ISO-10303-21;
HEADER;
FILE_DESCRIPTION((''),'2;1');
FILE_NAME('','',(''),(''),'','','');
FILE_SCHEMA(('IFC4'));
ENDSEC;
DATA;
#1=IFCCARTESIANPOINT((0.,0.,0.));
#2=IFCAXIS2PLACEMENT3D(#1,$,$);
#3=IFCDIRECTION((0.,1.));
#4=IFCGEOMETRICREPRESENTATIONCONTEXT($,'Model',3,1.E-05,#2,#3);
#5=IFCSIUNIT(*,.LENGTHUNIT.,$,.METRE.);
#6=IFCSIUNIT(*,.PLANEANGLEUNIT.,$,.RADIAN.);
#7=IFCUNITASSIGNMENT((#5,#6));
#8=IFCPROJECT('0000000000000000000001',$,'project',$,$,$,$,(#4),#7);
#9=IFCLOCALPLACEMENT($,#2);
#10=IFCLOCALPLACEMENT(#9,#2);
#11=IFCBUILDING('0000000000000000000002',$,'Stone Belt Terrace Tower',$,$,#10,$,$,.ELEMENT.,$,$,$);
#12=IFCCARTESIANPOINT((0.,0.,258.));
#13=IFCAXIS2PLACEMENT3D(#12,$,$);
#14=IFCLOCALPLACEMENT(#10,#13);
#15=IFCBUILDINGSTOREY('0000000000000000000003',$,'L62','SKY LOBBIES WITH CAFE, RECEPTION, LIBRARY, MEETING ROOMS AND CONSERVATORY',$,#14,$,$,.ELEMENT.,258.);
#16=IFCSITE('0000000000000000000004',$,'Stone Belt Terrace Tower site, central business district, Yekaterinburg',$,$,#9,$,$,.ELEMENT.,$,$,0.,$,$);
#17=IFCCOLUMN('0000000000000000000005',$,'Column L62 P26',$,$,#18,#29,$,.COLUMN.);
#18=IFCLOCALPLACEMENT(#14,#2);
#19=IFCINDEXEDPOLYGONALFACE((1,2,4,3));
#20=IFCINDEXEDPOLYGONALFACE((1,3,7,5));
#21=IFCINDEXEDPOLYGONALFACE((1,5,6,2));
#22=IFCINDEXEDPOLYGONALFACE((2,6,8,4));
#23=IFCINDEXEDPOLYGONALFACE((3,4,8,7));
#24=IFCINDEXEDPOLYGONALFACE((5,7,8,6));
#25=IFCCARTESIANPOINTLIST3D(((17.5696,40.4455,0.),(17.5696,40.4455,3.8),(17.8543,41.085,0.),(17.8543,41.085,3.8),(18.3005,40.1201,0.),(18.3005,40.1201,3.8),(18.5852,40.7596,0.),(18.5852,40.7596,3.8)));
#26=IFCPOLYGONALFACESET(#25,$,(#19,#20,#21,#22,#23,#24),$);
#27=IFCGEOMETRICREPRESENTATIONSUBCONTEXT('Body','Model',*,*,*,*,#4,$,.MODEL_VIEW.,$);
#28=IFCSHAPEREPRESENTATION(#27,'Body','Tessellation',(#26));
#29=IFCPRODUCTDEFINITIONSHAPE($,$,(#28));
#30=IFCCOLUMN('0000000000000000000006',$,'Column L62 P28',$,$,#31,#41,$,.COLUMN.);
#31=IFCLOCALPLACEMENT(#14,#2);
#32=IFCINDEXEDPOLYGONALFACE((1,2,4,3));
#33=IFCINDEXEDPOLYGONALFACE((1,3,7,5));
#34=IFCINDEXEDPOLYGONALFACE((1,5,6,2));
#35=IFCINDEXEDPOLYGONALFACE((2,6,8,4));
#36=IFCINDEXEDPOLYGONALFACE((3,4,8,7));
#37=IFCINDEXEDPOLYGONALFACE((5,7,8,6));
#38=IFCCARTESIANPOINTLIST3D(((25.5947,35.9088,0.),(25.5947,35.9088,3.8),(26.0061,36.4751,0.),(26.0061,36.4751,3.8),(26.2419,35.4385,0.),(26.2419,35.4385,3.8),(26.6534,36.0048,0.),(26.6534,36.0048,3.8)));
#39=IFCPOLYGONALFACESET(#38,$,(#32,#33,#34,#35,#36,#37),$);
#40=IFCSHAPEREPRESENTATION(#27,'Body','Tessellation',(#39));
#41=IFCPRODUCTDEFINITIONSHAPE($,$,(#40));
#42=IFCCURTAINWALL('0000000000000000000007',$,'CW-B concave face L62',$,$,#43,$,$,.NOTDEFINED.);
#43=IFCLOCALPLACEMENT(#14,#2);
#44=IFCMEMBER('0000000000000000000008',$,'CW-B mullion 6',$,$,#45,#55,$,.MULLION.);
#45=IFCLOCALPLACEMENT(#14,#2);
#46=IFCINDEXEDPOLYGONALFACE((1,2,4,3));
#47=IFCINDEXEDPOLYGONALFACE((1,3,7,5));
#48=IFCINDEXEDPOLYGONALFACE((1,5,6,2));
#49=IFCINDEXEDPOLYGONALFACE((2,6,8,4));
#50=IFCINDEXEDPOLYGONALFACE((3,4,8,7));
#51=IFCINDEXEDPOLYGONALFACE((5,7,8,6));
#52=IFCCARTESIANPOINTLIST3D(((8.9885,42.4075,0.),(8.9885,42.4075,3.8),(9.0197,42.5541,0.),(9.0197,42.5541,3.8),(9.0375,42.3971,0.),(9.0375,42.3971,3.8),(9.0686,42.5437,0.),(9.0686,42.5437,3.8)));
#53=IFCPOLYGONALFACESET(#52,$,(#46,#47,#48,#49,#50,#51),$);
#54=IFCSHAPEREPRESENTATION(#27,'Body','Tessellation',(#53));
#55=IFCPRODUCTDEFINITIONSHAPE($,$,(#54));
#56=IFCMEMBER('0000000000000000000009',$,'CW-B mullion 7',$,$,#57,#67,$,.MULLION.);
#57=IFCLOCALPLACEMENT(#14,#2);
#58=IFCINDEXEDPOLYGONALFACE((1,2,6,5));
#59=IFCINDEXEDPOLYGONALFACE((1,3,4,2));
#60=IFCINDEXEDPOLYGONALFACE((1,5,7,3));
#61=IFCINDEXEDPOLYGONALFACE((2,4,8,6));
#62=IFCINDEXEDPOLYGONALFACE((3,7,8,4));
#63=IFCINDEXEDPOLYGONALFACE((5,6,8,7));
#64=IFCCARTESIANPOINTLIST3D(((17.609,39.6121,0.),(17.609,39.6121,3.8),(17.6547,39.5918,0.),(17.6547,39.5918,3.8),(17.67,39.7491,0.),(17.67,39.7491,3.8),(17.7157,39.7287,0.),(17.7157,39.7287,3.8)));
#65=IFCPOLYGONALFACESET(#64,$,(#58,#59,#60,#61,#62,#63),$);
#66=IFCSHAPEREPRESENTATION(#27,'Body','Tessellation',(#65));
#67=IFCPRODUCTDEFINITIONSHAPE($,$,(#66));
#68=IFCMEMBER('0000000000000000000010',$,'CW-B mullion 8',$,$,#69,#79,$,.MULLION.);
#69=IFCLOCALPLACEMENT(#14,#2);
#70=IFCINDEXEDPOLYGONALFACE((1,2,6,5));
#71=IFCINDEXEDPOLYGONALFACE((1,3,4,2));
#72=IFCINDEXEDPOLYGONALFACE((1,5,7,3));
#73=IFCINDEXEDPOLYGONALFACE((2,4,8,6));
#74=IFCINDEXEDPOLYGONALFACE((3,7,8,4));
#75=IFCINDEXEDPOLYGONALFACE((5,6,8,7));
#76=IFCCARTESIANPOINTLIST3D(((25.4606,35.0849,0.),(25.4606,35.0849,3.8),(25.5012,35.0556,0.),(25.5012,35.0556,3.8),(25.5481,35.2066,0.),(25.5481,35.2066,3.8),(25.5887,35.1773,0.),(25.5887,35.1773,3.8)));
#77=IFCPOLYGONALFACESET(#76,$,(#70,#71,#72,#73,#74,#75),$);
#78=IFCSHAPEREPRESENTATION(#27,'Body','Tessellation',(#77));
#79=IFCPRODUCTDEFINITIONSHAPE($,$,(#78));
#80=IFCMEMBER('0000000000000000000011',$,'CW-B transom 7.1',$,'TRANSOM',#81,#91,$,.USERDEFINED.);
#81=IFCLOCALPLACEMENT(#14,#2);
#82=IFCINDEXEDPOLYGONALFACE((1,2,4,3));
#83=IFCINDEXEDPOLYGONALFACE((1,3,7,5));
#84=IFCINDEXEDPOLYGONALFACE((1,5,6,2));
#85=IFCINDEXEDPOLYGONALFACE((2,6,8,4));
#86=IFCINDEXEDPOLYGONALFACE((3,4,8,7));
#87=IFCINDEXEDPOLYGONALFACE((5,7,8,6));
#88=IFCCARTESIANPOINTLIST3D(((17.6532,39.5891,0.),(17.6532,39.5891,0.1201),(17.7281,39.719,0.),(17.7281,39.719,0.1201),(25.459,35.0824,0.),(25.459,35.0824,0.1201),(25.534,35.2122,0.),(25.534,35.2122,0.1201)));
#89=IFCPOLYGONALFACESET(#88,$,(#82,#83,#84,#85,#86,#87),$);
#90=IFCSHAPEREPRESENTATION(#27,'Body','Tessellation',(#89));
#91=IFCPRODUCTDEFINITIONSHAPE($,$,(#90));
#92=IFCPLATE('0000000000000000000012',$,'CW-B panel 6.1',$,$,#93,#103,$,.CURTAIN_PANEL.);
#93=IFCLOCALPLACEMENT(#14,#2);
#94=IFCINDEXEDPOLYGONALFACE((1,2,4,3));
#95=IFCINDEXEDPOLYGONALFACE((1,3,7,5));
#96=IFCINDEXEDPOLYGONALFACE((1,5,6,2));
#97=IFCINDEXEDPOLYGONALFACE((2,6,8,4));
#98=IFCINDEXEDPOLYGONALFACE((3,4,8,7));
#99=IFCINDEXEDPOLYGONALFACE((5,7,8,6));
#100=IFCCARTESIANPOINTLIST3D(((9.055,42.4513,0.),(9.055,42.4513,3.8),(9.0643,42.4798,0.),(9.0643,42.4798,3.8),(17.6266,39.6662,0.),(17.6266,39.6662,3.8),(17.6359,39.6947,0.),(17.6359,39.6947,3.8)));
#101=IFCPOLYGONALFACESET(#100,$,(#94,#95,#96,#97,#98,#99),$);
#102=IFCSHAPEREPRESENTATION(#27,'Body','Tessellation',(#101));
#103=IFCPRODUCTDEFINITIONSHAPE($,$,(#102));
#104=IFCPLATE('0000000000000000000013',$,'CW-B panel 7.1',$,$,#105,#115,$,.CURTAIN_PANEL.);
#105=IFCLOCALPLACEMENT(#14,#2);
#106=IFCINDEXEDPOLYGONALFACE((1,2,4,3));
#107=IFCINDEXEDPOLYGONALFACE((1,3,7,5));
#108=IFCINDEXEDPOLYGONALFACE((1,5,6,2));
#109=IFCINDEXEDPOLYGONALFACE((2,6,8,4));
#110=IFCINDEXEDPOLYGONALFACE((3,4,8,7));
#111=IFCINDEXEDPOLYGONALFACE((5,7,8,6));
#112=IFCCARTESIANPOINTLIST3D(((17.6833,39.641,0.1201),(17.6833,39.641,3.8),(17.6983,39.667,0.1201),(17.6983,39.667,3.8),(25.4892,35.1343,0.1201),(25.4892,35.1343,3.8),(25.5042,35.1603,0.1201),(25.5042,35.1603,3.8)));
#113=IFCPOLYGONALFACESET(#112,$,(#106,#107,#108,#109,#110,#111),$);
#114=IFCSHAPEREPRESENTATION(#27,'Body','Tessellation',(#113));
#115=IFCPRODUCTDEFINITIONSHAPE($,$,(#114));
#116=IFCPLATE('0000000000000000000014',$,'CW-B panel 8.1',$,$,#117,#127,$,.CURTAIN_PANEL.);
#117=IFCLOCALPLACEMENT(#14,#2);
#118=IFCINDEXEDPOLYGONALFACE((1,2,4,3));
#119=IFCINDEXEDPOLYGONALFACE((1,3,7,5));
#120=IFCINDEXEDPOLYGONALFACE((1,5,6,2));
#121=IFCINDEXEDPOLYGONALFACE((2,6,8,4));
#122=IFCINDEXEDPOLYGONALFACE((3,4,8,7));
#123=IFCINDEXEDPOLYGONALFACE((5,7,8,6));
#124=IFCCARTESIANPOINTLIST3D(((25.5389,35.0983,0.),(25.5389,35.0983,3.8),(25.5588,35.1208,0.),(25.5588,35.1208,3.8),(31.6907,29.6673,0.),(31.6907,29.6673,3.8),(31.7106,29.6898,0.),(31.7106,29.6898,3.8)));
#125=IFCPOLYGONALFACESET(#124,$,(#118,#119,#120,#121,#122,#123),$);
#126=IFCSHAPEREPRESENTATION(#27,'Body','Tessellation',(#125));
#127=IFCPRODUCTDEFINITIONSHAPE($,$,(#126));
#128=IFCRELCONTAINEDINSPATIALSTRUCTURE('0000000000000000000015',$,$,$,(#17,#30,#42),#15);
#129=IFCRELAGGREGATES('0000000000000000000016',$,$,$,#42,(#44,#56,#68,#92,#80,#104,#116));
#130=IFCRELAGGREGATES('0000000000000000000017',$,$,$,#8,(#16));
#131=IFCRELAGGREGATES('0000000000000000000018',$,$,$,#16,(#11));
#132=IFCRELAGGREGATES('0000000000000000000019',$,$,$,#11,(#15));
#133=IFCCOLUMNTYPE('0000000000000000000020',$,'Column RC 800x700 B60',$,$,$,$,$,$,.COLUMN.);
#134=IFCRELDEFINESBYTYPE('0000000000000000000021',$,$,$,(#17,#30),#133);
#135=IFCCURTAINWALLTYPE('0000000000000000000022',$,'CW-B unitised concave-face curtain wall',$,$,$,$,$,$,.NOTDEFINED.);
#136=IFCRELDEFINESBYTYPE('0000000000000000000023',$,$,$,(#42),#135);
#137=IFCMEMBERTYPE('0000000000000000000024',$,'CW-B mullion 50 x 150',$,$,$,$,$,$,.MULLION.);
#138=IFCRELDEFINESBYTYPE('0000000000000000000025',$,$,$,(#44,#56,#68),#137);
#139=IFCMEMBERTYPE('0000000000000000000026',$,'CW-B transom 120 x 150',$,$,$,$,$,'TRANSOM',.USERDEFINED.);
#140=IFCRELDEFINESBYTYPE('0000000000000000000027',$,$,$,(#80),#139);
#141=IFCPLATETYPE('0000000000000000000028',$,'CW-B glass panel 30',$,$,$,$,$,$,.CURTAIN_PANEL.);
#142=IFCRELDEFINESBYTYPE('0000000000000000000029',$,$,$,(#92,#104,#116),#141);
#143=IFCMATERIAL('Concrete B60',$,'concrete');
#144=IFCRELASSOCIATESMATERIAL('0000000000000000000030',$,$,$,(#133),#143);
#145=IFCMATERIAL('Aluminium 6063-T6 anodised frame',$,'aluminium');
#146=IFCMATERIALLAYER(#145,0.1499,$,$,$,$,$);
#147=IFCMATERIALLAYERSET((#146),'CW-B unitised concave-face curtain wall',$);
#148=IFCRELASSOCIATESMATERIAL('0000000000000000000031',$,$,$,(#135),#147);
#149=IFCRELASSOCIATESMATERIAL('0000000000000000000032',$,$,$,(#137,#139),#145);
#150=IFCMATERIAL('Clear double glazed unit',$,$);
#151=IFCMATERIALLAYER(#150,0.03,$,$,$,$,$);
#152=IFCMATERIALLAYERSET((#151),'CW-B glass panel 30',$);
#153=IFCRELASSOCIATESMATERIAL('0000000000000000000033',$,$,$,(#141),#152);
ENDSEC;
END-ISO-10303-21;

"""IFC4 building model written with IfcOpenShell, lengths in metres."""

from ifc_helpers import new_model, si_unit, direction, frame, origin, origin_2d, place, context, subcontext, project, spatial, rectangle, extrude, material, layer, layer_set, material_profile, profile_set, type_object, element, aggregate, save


model = new_model("IFC4")

# Units and contexts
model_context = context("Model", 3, precision=1e-05, world=origin(), true_north=direction((0.0, 1.0)))
body_context = subcontext(model_context, "Body", "Model", "MODEL_VIEW")
ifc_project = project(units=[si_unit("LENGTHUNIT", "METRE"), si_unit("PLANEANGLEUNIT", "RADIAN")], contexts=[model_context])

# Site, building, storey
site_placement = place(None, origin())
site = spatial("IfcSite", under=ifc_project, at=site_placement, Name="Stone Belt Terrace Tower site, central business district, Yekaterinburg", CompositionType="ELEMENT", RefElevation=0.0)
building_placement = place(site_placement, origin())
building = spatial("IfcBuilding", under=site, at=building_placement, Name="Stone Belt Terrace Tower", CompositionType="ELEMENT")
storey_placement = place(building_placement, frame((0.0, 0.0, 258.0)))
storey = spatial("IfcBuildingStorey", under=building, at=storey_placement, Name="L62", Description="SKY LOBBIES WITH CAFE, RECEPTION, LIBRARY, MEETING ROOMS AND CONSERVATORY", CompositionType="ELEMENT", Elevation=258.0)

# Columns
ifc_material_1 = material(Name="Concrete B60", Category="concrete")
ifc_material_profile_1 = material_profile(ifc_material_1, rectangle(XDim=0.8, YDim=0.7, at=origin_2d()), Name="RC 800x700")
ifc_profile_set_1 = profile_set([ifc_material_profile_1], Name="Concrete B60")
column_type = type_object("IfcColumnType", Name="Column RC 800x700 B60", PredefinedType="COLUMN", material=ifc_profile_set_1)
for number, where, z_axis, x_axis, name in (
    (1, (18.0774, 40.6025, 0.0), (0.0, 0.0, 1.0), (0.913545, -0.406737, 0.0), "Column L62 P26"),
    (2, (26.124, 35.9568, 0.0), (0.0, 0.0, 1.0), (0.809017, -0.587785, 0.0), "Column L62 P28"),
):
    element("IfcColumn", number, at=place(storey_placement, frame(where, z_axis=z_axis, x_axis=x_axis)), inside=storey, type_object=column_type, Name=name, PredefinedType="COLUMN", context=body_context, shape_type="SweptSolid", body=[
        extrude(rectangle(XDim=0.8, YDim=0.7, at=origin_2d()), origin(), (0.0, 0.0, 1.0), 3.8),
    ])

# Curtain wall, members, plates
ifc_material_2 = material(Name="Aluminium 6063-T6 anodised frame", Category="aluminium")
ifc_layer_1 = layer(ifc_material_2, 0.1499)
ifc_layer_set_1 = layer_set([ifc_layer_1], Name="CW-B unitised concave-face curtain wall")
curtain_wall_type = type_object("IfcCurtainWallType", Name="CW-B unitised concave-face curtain wall", PredefinedType="NOTDEFINED", material=ifc_layer_set_1)
curtain_wall_placement = place(storey_placement, origin())
curtain_wall = element("IfcCurtainWall", 3, at=curtain_wall_placement, inside=storey, type_object=curtain_wall_type, Name="CW-B concave face L62", PredefinedType="NOTDEFINED")
ifc_material_profile_2 = material_profile(ifc_material_2, rectangle(XDim=0.1499, YDim=0.05, at=origin_2d()), Name="Aluminium 6063-T6 50x150")
ifc_profile_set_2 = profile_set([ifc_material_profile_2], Name="Aluminium 6063-T6 anodised frame")
member_type_1 = type_object("IfcMemberType", Name="CW-B mullion 50 x 150", PredefinedType="MULLION", material=ifc_profile_set_2)
member_1_placement = place(storey_placement, frame((9.0286, 42.4756, 0.0), z_axis=(0.0, 0.0, 1.0), x_axis=(0.207912, 0.978148, 0.0)))
member_1 = element("IfcMember", 4, at=member_1_placement, type_object=member_type_1, Name="CW-B mullion 6", PredefinedType="MULLION", context=body_context, shape_type="SweptSolid", body=[
    extrude(rectangle(XDim=0.1499, YDim=0.05, at=origin_2d()), origin(), (0.0, 0.0, 1.0), 3.8),
])
member_2_placement = place(storey_placement, frame((17.6624, 39.6704, 0.0), z_axis=(0.0, 0.0, 1.0), x_axis=(0.406737, 0.913545, 0.0)))
member_2 = element("IfcMember", 5, at=member_2_placement, type_object=member_type_1, Name="CW-B mullion 7", PredefinedType="MULLION", context=body_context, shape_type="SweptSolid", body=[
    extrude(rectangle(XDim=0.1499, YDim=0.05, at=origin_2d()), origin(), (0.0, 0.0, 1.0), 3.8),
])
member_3_placement = place(storey_placement, frame((25.5247, 35.1311, 0.0), z_axis=(0.0, 0.0, 1.0), x_axis=(0.583819, 0.811884, 0.0)))
member_3 = element("IfcMember", 6, at=member_3_placement, type_object=member_type_1, Name="CW-B mullion 8", PredefinedType="MULLION", context=body_context, shape_type="SweptSolid", body=[
    extrude(rectangle(XDim=0.1499, YDim=0.05, at=origin_2d()), origin(), (0.0, 0.0, 1.0), 3.8),
])
ifc_material_profile_3 = material_profile(ifc_material_2, rectangle(XDim=0.1499, YDim=0.1201, at=origin_2d()), Name="Aluminium 6063-T6 150x120")
ifc_profile_set_3 = profile_set([ifc_material_profile_3], Name="Aluminium 6063-T6 anodised frame")
member_type_2 = type_object("IfcMemberType", Name="CW-B transom 120 x 150", ElementType="TRANSOM", PredefinedType="USERDEFINED", material=ifc_profile_set_3)
member_4_placement = place(storey_placement, frame((17.6907, 39.6541, 0.0601), z_axis=(0.866021, -0.500008, 0.0), x_axis=(0.500008, 0.866021, 0.0)))
member_4 = element("IfcMember", 7, at=member_4_placement, type_object=member_type_2, Name="CW-B transom 7.1", ObjectType="TRANSOM", PredefinedType="USERDEFINED", context=body_context, shape_type="SweptSolid", body=[
    extrude(rectangle(XDim=0.1499, YDim=0.1201, at=origin_2d()), origin(), (0.0, 0.0, 1.0), 9.0134),
])
ifc_material_3 = material(Name="Clear double glazed unit")
ifc_layer_2 = layer(ifc_material_3, 0.03)
ifc_layer_set_2 = layer_set([ifc_layer_2], Name="CW-B glass panel 30")
plate_type = type_object("IfcPlateType", Name="CW-B glass panel 30", PredefinedType="CURTAIN_PANEL", material=ifc_layer_set_2)
plate_1_placement = place(storey_placement, frame((13.3455, 41.073, 0.0), z_axis=(0.0, 0.0, 1.0), x_axis=(0.951057, -0.309017, 0.0)))
plate_1 = element("IfcPlate", 8, at=plate_1_placement, type_object=plate_type, Name="CW-B panel 6.1", PredefinedType="CURTAIN_PANEL", context=body_context, shape_type="SweptSolid", body=[
    extrude(rectangle(XDim=9.0127, YDim=0.03, at=origin_2d()), origin(), (0.0, 0.0, 1.0), 3.8),
])
plate_2_placement = place(storey_placement, frame((21.5938, 37.4006, 0.1201), z_axis=(0.0, 0.0, 1.0), x_axis=(0.866025, -0.5, 0.0)))
plate_2 = element("IfcPlate", 9, at=plate_2_placement, type_object=plate_type, Name="CW-B panel 7.1", PredefinedType="CURTAIN_PANEL", context=body_context, shape_type="SweptSolid", body=[
    extrude(rectangle(XDim=9.0134, YDim=0.03, at=origin_2d()), origin(), (0.0, 0.0, 1.0), 3.6799),
])
plate_3_placement = place(storey_placement, frame((28.6248, 32.394, 0.0), z_axis=(0.0, 0.0, 1.0), x_axis=(0.749659, -0.661825, 0.0)))
plate_3 = element("IfcPlate", 10, at=plate_3_placement, type_object=plate_type, Name="CW-B panel 8.1", PredefinedType="CURTAIN_PANEL", context=body_context, shape_type="SweptSolid", body=[
    extrude(rectangle(XDim=8.2061, YDim=0.03, at=origin_2d()), origin(), (0.0, 0.0, 1.0), 3.8),
])
aggregate(curtain_wall, [member_1, member_2, member_3, plate_1, member_4, plate_2, plate_3])

save(model, "model.ifc")
